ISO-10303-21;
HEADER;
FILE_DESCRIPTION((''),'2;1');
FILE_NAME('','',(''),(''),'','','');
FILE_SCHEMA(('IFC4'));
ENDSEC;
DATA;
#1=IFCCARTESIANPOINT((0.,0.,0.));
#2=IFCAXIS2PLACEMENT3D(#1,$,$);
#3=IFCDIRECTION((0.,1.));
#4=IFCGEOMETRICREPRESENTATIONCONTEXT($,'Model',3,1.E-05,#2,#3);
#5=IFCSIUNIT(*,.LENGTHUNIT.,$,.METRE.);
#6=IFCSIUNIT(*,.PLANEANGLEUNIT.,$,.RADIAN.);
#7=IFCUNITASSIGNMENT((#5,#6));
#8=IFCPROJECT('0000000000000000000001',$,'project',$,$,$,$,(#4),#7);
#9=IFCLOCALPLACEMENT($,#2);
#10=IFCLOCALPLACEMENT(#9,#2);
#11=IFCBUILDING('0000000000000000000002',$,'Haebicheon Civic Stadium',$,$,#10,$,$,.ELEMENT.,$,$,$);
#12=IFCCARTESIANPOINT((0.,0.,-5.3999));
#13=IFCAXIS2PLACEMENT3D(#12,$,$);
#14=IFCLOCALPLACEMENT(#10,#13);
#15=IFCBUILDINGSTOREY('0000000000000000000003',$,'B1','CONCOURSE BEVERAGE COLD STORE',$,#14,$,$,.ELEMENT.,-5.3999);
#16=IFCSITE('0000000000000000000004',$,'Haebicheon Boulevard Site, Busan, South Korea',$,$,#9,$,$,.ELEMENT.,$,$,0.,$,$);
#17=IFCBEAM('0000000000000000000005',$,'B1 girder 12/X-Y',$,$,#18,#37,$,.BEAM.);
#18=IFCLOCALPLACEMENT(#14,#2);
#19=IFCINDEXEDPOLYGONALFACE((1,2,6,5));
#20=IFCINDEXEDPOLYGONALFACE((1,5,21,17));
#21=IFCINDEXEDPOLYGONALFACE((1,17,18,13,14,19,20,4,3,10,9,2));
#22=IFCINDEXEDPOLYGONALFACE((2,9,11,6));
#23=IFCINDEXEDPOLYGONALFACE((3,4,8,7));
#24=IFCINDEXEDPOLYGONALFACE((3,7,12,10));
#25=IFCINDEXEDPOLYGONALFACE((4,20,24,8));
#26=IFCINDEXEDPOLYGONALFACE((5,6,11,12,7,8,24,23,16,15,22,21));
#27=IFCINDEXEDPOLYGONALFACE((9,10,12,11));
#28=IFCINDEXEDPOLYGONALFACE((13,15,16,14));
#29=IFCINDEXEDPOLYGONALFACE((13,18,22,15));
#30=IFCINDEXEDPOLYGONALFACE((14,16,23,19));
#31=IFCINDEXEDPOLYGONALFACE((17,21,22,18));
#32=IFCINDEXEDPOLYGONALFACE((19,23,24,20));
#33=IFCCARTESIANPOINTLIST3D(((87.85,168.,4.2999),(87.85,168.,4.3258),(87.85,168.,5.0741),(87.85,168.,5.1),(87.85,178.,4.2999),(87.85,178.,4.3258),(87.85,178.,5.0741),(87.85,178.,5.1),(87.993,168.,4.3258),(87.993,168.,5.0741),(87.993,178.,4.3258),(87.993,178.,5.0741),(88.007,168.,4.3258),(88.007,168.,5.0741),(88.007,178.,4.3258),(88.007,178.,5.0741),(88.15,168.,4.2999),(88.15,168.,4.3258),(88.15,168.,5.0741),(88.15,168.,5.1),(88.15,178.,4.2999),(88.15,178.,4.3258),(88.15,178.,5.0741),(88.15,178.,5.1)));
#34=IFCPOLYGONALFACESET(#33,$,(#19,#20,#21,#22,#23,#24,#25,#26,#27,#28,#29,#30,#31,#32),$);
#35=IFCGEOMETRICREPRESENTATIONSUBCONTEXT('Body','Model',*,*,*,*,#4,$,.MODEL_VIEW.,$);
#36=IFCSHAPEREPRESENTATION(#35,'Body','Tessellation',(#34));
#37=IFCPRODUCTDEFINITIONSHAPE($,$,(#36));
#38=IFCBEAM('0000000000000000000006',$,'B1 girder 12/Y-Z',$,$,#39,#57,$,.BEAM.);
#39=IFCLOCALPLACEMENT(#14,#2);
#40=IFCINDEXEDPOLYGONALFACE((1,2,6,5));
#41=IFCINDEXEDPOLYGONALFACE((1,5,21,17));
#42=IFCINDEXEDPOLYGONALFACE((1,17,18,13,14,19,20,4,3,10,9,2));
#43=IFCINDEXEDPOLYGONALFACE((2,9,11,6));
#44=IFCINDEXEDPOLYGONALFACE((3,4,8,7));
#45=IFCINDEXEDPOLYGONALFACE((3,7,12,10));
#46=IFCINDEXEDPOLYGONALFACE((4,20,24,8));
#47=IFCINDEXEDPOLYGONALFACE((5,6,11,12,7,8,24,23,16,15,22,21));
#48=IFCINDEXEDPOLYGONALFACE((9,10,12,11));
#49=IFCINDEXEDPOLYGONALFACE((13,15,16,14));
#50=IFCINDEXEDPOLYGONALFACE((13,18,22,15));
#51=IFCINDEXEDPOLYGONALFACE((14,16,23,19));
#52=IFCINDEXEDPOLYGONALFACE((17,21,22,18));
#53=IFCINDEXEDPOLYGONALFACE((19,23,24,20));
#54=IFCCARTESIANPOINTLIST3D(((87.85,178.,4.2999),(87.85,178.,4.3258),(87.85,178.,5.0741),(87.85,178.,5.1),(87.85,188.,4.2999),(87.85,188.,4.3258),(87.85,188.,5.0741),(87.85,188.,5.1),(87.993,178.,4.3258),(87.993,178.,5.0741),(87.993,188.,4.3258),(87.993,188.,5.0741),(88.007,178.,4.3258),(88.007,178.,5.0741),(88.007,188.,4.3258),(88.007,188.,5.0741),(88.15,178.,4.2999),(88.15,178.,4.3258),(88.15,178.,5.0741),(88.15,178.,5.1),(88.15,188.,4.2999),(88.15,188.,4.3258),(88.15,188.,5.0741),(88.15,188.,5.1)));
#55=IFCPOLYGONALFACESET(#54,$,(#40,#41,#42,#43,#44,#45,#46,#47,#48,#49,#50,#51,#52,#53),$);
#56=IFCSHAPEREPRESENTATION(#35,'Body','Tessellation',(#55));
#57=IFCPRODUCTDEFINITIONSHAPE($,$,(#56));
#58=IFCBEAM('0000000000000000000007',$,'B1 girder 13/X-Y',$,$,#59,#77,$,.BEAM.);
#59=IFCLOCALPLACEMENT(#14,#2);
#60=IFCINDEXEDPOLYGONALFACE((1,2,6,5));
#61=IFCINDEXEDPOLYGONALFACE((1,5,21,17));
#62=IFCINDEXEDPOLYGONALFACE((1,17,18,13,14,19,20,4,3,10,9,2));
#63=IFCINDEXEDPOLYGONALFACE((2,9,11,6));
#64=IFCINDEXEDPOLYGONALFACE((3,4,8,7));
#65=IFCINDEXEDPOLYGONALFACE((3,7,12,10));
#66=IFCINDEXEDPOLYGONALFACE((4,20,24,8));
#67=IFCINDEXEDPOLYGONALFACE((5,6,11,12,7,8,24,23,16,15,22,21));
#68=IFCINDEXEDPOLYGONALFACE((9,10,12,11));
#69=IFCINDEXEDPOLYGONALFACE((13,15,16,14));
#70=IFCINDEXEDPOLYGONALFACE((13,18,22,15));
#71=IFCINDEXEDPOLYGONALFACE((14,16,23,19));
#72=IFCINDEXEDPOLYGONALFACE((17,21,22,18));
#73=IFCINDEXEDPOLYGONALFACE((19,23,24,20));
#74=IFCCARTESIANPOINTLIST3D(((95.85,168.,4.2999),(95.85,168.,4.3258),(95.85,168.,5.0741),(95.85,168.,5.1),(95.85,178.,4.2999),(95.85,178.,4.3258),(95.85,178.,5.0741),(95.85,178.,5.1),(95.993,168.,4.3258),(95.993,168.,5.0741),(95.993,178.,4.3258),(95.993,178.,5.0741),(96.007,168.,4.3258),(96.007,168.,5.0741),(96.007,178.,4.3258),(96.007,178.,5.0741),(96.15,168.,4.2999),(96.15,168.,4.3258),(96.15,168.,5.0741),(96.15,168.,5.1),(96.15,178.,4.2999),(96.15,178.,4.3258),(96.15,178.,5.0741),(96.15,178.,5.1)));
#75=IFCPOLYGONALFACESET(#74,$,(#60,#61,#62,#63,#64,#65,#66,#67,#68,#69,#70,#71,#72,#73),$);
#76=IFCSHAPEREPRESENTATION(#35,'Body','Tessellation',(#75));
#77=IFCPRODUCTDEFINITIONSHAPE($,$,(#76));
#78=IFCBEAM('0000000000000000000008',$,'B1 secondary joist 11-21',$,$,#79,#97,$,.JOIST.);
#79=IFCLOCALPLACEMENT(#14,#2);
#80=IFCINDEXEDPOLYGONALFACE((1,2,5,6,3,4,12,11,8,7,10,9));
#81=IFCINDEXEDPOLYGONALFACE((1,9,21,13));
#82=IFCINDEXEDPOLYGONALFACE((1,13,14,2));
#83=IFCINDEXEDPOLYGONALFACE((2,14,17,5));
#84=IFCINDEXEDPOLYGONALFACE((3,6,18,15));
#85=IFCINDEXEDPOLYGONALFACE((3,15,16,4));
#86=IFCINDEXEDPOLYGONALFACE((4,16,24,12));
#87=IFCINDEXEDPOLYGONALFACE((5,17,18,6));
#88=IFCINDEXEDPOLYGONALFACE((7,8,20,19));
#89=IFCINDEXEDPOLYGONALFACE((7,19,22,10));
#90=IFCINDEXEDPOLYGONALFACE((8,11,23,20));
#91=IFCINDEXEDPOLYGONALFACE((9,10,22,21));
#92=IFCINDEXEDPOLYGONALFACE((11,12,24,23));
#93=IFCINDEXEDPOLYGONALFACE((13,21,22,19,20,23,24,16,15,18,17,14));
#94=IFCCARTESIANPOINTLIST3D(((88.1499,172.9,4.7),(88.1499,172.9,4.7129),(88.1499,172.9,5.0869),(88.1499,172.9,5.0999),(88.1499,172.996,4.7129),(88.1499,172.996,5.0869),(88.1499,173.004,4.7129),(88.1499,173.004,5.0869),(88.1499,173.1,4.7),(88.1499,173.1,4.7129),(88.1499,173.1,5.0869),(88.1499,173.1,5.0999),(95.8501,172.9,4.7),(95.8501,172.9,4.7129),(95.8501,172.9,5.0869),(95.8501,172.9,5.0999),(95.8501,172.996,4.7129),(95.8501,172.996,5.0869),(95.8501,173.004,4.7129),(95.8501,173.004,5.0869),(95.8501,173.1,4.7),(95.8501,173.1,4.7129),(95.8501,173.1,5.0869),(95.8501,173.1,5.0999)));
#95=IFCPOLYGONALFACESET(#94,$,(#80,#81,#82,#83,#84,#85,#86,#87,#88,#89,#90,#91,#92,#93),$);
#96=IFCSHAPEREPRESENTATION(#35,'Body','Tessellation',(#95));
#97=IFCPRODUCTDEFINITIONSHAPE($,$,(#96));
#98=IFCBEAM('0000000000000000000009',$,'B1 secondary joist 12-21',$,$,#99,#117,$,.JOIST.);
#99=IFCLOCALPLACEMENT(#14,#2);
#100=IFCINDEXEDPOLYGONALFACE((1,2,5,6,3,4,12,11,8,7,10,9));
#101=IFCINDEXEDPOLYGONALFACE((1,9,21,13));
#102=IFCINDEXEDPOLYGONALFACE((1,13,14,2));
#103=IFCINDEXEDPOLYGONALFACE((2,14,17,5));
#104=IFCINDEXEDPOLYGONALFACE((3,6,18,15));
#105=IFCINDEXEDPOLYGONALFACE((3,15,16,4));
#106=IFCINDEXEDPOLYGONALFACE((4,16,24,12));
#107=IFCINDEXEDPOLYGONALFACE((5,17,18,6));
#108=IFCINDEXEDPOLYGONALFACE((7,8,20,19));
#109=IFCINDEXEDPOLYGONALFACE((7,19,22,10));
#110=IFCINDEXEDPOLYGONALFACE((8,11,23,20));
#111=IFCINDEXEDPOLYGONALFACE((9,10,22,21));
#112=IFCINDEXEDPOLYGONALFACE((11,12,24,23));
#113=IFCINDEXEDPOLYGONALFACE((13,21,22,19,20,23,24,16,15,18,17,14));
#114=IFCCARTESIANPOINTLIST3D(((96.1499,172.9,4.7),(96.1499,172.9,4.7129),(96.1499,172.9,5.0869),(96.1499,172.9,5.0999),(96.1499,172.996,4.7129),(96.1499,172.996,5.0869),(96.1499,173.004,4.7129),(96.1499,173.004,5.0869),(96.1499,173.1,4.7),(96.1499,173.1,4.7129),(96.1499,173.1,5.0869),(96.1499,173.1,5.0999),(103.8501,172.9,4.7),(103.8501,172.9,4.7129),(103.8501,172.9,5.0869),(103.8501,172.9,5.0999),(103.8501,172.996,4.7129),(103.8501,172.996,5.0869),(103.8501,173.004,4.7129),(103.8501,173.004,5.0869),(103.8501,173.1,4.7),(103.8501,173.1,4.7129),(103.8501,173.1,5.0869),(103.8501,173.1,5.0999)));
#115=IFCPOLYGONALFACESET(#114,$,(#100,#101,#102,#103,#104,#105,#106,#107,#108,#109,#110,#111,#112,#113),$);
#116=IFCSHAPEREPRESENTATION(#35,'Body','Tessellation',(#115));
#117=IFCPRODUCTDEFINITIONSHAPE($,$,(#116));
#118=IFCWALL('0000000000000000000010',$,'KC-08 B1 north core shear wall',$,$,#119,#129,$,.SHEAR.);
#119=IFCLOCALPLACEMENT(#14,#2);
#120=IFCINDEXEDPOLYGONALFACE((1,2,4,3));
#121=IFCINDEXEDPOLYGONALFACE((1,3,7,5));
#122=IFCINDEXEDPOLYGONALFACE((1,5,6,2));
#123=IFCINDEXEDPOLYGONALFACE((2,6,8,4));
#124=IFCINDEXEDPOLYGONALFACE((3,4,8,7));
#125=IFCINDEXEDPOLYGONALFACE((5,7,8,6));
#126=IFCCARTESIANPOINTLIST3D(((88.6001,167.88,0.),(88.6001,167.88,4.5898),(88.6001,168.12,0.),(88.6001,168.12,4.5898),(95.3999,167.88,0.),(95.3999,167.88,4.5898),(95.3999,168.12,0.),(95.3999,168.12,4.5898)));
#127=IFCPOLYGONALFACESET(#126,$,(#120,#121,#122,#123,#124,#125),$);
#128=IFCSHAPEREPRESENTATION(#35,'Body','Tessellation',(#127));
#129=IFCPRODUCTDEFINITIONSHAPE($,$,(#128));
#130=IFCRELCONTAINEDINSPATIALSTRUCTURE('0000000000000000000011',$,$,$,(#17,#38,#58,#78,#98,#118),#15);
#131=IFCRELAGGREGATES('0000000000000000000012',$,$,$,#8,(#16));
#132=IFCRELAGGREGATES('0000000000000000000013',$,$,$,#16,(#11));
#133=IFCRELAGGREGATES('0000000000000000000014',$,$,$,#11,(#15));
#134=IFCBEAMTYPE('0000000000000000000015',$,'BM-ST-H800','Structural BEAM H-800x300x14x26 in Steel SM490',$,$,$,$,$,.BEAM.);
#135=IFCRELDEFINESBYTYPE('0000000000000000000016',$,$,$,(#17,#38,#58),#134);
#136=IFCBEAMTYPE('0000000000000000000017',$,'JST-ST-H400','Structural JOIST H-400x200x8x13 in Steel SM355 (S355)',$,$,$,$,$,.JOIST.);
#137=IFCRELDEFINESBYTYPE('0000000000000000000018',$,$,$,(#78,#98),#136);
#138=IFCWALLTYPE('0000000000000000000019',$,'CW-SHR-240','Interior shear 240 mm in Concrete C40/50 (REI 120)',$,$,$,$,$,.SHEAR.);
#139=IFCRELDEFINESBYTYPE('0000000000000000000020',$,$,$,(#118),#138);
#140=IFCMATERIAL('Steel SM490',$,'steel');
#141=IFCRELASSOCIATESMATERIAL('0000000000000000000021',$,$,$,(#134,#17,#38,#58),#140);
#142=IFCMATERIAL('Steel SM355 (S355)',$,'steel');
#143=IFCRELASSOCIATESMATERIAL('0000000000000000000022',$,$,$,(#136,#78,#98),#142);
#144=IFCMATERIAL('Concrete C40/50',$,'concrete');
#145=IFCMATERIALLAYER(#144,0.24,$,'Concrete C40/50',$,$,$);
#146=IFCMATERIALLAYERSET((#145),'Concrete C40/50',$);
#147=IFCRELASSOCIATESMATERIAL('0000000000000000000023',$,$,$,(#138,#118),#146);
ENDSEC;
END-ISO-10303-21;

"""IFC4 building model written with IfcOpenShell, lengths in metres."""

from ifc_helpers import new_model, si_unit, direction, frame, frame_2d, origin, origin_2d, place, context, subcontext, project, spatial, rectangle, i_section, extrude, material, layer, layer_set, material_profile, profile_set, type_object, element, save


model = new_model("IFC4")

# Units and contexts
model_context = context("Model", 3, precision=1e-05, world=origin(), true_north=direction((0.0, 1.0)))
body_context = subcontext(model_context, "Body", "Model", "MODEL_VIEW")
ifc_project = project(units=[si_unit("LENGTHUNIT", "METRE"), si_unit("PLANEANGLEUNIT", "RADIAN")], contexts=[model_context])

# Site, building, storey
site_placement = place(None, origin())
site = spatial("IfcSite", under=ifc_project, at=site_placement, Name="Haebicheon Boulevard Site, Busan, South Korea", CompositionType="ELEMENT", RefElevation=0.0)
building_placement = place(site_placement, origin())
building = spatial("IfcBuilding", under=site, at=building_placement, Name="Haebicheon Civic Stadium", CompositionType="ELEMENT")
storey_placement = place(building_placement, frame((0.0, 0.0, -5.3999)))
storey = spatial("IfcBuildingStorey", under=building, at=storey_placement, Name="B1", Description="CONCOURSE BEVERAGE COLD STORE", CompositionType="ELEMENT", Elevation=-5.3999)

# Beams
ifc_material_1 = material(Name="Steel SM490", Category="steel")
ifc_material_profile_1 = material_profile(ifc_material_1, i_section(OverallWidth=0.3, OverallDepth=0.8, WebThickness=0.0139, FlangeThickness=0.0259, at=origin_2d()), Name="H-800x300x14x26")
ifc_profile_set_1 = profile_set([ifc_material_profile_1], Name="Steel SM490")
beam_type_1 = type_object("IfcBeamType", Name="BM-ST-H800", Description="Structural BEAM H-800x300x14x26 in Steel SM490", PredefinedType="BEAM", material=ifc_profile_set_1)
for number, where, z_axis, x_axis, name in (
    (1, (88.0, 168.0, 4.7), (0.0, 1.0, 0.0), (-1.0, 0.0, 0.0), "B1 girder 12/X-Y"),
    (2, (88.0, 178.0, 4.7), (0.0, 1.0, 0.0), (-1.0, 0.0, 0.0), "B1 girder 12/Y-Z"),
    (3, (96.0, 168.0, 4.7), (0.0, 1.0, 0.0), (-1.0, 0.0, 0.0), "B1 girder 13/X-Y"),
):
    element("IfcBeam", number, at=place(storey_placement, frame(where, z_axis=z_axis, x_axis=x_axis)), inside=storey, type_object=beam_type_1, material=ifc_profile_set_1, Name=name, PredefinedType="BEAM", context=body_context, shape_type="SweptSolid", body=[
        extrude(i_section(OverallWidth=0.3, OverallDepth=0.8, WebThickness=0.0139, FlangeThickness=0.0259, at=origin_2d()), origin(), (0.0, 0.0, 1.0), 10.0),
    ])
ifc_material_2 = material(Name="Steel SM355 (S355)", Category="steel")
ifc_material_profile_2 = material_profile(ifc_material_2, i_section(OverallWidth=0.2, OverallDepth=0.3999, WebThickness=0.0081, FlangeThickness=0.0129, at=origin_2d()), Name="H-400x200x8x13")
ifc_profile_set_2 = profile_set([ifc_material_profile_2], Name="Steel SM355 (S355)")
beam_type_2 = type_object("IfcBeamType", Name="JST-ST-H400", Description="Structural JOIST H-400x200x8x13 in Steel SM355 (S355)", PredefinedType="JOIST", material=ifc_profile_set_2)
for number, where, z_axis, x_axis, name in (
    (4, (88.1499, 173.0, 4.8999), (1.0, 0.0, 0.0), (0.0, 1.0, 0.0), "B1 secondary joist 11-21"),
    (5, (96.1499, 173.0, 4.8999), (1.0, 0.0, 0.0), (0.0, 1.0, 0.0), "B1 secondary joist 12-21"),
):
    element("IfcBeam", number, at=place(storey_placement, frame(where, z_axis=z_axis, x_axis=x_axis)), inside=storey, type_object=beam_type_2, material=ifc_profile_set_2, Name=name, PredefinedType="JOIST", context=body_context, shape_type="SweptSolid", body=[
        extrude(i_section(OverallWidth=0.2, OverallDepth=0.3999, WebThickness=0.0081, FlangeThickness=0.0129, at=origin_2d()), origin(), (0.0, 0.0, 1.0), 7.7002),
    ])

# Wall
ifc_material_3 = material(Name="Concrete C40/50", Category="concrete")
ifc_layer_1 = layer(ifc_material_3, 0.24, Name="Concrete C40/50")
ifc_layer_set_1 = layer_set([ifc_layer_1], Name="Concrete C40/50")
wall_type = type_object("IfcWallType", Name="CW-SHR-240", Description="Interior shear 240 mm in Concrete C40/50 (REI 120)", PredefinedType="SHEAR", material=ifc_layer_set_1)
wall_placement = place(storey_placement, frame((88.6001, 168.0, 0.0), z_axis=(0.0, 0.0, 1.0), x_axis=(1.0, 0.0, 0.0)))
element("IfcWall", 6, at=wall_placement, inside=storey, type_object=wall_type, material=ifc_layer_set_1, Name="KC-08 B1 north core shear wall", PredefinedType="SHEAR", context=body_context, shape_type="SweptSolid", body=[
    extrude(rectangle(XDim=6.7998, YDim=0.24, at=frame_2d((3.3999, 0.0))), origin(), (0.0, 0.0, 1.0), 4.5898),
])

save(model, "model.ifc")
